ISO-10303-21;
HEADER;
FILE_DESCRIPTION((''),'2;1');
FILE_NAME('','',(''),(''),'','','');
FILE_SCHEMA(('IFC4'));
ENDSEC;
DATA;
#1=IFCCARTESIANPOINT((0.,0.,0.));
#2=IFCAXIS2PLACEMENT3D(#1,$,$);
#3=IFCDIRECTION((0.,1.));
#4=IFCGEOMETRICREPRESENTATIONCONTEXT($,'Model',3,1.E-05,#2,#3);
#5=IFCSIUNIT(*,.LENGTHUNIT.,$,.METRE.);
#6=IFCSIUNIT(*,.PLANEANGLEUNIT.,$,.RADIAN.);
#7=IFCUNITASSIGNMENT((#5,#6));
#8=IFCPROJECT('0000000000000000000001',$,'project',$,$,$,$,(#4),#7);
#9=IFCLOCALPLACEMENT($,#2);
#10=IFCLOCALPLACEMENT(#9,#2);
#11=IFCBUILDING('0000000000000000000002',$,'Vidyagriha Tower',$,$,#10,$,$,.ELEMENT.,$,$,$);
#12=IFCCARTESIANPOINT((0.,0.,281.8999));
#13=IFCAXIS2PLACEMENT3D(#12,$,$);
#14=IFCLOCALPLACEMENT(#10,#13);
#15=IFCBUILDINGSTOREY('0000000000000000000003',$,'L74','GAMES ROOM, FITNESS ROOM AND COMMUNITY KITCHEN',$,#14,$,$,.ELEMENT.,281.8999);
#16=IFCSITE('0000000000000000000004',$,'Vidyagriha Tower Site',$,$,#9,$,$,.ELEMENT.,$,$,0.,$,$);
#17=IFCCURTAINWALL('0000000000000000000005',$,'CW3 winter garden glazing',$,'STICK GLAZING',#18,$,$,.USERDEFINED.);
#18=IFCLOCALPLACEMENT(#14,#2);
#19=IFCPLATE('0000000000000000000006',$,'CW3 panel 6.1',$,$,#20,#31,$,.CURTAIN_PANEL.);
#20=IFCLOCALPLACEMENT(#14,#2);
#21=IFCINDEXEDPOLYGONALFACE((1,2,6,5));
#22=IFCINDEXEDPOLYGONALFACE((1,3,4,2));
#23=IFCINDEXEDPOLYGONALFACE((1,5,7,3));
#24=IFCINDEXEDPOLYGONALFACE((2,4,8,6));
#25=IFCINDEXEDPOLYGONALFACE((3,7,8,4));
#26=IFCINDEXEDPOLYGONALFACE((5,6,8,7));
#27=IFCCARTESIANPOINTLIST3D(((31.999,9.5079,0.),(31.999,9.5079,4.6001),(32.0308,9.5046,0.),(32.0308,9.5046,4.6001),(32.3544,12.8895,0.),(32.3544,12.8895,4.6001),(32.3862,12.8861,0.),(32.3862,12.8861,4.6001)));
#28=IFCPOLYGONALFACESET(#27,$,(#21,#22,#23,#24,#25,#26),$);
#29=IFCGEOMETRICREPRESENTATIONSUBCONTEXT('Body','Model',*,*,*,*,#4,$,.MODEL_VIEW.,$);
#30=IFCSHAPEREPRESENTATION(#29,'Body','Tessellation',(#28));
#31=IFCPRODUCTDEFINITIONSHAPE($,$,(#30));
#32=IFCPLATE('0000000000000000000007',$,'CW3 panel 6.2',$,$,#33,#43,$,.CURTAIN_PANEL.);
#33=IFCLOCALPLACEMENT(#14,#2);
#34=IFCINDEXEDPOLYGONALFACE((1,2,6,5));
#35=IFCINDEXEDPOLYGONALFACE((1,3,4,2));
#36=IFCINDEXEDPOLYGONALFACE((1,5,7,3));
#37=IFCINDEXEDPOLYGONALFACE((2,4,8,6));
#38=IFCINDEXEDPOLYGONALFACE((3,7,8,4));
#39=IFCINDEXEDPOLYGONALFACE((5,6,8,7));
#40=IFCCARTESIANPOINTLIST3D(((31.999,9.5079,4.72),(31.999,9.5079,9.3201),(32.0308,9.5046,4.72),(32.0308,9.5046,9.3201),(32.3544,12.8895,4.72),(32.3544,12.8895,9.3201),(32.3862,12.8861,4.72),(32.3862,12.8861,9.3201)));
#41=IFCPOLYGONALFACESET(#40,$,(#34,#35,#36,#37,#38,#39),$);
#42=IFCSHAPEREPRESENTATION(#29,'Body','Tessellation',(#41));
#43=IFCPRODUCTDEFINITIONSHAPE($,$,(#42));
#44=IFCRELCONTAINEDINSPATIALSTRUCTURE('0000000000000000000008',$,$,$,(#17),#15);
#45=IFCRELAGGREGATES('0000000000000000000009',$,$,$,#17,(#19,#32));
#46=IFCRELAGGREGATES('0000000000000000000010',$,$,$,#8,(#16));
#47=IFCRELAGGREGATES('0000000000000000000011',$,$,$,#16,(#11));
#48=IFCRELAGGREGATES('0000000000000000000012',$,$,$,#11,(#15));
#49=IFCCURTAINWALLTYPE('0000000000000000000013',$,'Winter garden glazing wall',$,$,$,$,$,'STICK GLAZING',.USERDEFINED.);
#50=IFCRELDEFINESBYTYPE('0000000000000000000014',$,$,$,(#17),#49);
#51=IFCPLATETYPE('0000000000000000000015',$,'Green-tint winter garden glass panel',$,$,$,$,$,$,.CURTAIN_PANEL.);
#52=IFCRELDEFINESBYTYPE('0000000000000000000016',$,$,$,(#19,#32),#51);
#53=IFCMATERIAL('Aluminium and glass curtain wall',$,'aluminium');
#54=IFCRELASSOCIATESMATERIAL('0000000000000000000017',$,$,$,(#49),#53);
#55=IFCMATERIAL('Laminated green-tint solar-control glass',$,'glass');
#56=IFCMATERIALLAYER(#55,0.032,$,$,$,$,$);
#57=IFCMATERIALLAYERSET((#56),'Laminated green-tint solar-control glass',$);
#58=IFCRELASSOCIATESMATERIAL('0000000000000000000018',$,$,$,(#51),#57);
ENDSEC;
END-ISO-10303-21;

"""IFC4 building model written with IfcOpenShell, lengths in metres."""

from ifc_helpers import new_model, si_unit, direction, frame, origin, origin_2d, place, context, subcontext, project, spatial, rectangle, extrude, material, layer, layer_set, type_object, element, aggregate, save


model = new_model("IFC4")

# Units and contexts
model_context = context("Model", 3, precision=1e-05, world=origin(), true_north=direction((0.0, 1.0)))
body_context = subcontext(model_context, "Body", "Model", "MODEL_VIEW")
ifc_project = project(units=[si_unit("LENGTHUNIT", "METRE"), si_unit("PLANEANGLEUNIT", "RADIAN")], contexts=[model_context])

# Site, building, storey
site_placement = place(None, origin())
site = spatial("IfcSite", under=ifc_project, at=site_placement, Name="Vidyagriha Tower Site", CompositionType="ELEMENT", RefElevation=0.0)
building_placement = place(site_placement, origin())
building = spatial("IfcBuilding", under=site, at=building_placement, Name="Vidyagriha Tower", CompositionType="ELEMENT")
storey_placement = place(building_placement, frame((0.0, 0.0, 281.8999)))
storey = spatial("IfcBuildingStorey", under=building, at=storey_placement, Name="L74", Description="GAMES ROOM, FITNESS ROOM AND COMMUNITY KITCHEN", CompositionType="ELEMENT", Elevation=281.8999)

# Shared definitions
ifc_material_1 = material(Name="Aluminium and glass curtain wall", Category="aluminium")
curtain_wall_type = type_object("IfcCurtainWallType", Name="Winter garden glazing wall", ElementType="STICK GLAZING", PredefinedType="USERDEFINED", material=ifc_material_1)

# Curtain wall
curtain_wall_1_placement = place(storey_placement, origin())
curtain_wall_1 = element("IfcCurtainWall", 1, at=curtain_wall_1_placement, inside=storey, type_object=curtain_wall_type, Name="CW3 winter garden glazing", ObjectType="STICK GLAZING", PredefinedType="USERDEFINED")

# Plates
ifc_material_2 = material(Name="Laminated green-tint solar-control glass", Category="glass")
ifc_layer = layer(ifc_material_2, 0.032)
ifc_layer_set = layer_set([ifc_layer], Name="Laminated green-tint solar-control glass")
plate_type = type_object("IfcPlateType", Name="Green-tint winter garden glass panel", PredefinedType="CURTAIN_PANEL", material=ifc_layer_set)
plate_1_placement = place(storey_placement, frame((32.1926, 11.197, 0.0), z_axis=(0.0, 0.0, 1.0), x_axis=(0.104527, 0.994522, 0.0)))
plate_1 = element("IfcPlate", 2, at=plate_1_placement, type_object=plate_type, Name="CW3 panel 6.1", PredefinedType="CURTAIN_PANEL", context=body_context, shape_type="SweptSolid", body=[
    extrude(rectangle(XDim=3.4001, YDim=0.032, at=origin_2d()), origin(), (0.0, 0.0, 1.0), 4.6001),
])
plate_2_placement = place(storey_placement, frame((32.1926, 11.197, 4.72), z_axis=(0.0, 0.0, 1.0), x_axis=(0.104527, 0.994522, 0.0)))
plate_2 = element("IfcPlate", 3, at=plate_2_placement, type_object=plate_type, Name="CW3 panel 6.2", PredefinedType="CURTAIN_PANEL", context=body_context, shape_type="SweptSolid", body=[
    extrude(rectangle(XDim=3.4001, YDim=0.032, at=origin_2d()), origin(), (0.0, 0.0, 1.0), 4.6001),
])
aggregate(curtain_wall_1, [plate_1, plate_2])

save(model, "model.ifc")
